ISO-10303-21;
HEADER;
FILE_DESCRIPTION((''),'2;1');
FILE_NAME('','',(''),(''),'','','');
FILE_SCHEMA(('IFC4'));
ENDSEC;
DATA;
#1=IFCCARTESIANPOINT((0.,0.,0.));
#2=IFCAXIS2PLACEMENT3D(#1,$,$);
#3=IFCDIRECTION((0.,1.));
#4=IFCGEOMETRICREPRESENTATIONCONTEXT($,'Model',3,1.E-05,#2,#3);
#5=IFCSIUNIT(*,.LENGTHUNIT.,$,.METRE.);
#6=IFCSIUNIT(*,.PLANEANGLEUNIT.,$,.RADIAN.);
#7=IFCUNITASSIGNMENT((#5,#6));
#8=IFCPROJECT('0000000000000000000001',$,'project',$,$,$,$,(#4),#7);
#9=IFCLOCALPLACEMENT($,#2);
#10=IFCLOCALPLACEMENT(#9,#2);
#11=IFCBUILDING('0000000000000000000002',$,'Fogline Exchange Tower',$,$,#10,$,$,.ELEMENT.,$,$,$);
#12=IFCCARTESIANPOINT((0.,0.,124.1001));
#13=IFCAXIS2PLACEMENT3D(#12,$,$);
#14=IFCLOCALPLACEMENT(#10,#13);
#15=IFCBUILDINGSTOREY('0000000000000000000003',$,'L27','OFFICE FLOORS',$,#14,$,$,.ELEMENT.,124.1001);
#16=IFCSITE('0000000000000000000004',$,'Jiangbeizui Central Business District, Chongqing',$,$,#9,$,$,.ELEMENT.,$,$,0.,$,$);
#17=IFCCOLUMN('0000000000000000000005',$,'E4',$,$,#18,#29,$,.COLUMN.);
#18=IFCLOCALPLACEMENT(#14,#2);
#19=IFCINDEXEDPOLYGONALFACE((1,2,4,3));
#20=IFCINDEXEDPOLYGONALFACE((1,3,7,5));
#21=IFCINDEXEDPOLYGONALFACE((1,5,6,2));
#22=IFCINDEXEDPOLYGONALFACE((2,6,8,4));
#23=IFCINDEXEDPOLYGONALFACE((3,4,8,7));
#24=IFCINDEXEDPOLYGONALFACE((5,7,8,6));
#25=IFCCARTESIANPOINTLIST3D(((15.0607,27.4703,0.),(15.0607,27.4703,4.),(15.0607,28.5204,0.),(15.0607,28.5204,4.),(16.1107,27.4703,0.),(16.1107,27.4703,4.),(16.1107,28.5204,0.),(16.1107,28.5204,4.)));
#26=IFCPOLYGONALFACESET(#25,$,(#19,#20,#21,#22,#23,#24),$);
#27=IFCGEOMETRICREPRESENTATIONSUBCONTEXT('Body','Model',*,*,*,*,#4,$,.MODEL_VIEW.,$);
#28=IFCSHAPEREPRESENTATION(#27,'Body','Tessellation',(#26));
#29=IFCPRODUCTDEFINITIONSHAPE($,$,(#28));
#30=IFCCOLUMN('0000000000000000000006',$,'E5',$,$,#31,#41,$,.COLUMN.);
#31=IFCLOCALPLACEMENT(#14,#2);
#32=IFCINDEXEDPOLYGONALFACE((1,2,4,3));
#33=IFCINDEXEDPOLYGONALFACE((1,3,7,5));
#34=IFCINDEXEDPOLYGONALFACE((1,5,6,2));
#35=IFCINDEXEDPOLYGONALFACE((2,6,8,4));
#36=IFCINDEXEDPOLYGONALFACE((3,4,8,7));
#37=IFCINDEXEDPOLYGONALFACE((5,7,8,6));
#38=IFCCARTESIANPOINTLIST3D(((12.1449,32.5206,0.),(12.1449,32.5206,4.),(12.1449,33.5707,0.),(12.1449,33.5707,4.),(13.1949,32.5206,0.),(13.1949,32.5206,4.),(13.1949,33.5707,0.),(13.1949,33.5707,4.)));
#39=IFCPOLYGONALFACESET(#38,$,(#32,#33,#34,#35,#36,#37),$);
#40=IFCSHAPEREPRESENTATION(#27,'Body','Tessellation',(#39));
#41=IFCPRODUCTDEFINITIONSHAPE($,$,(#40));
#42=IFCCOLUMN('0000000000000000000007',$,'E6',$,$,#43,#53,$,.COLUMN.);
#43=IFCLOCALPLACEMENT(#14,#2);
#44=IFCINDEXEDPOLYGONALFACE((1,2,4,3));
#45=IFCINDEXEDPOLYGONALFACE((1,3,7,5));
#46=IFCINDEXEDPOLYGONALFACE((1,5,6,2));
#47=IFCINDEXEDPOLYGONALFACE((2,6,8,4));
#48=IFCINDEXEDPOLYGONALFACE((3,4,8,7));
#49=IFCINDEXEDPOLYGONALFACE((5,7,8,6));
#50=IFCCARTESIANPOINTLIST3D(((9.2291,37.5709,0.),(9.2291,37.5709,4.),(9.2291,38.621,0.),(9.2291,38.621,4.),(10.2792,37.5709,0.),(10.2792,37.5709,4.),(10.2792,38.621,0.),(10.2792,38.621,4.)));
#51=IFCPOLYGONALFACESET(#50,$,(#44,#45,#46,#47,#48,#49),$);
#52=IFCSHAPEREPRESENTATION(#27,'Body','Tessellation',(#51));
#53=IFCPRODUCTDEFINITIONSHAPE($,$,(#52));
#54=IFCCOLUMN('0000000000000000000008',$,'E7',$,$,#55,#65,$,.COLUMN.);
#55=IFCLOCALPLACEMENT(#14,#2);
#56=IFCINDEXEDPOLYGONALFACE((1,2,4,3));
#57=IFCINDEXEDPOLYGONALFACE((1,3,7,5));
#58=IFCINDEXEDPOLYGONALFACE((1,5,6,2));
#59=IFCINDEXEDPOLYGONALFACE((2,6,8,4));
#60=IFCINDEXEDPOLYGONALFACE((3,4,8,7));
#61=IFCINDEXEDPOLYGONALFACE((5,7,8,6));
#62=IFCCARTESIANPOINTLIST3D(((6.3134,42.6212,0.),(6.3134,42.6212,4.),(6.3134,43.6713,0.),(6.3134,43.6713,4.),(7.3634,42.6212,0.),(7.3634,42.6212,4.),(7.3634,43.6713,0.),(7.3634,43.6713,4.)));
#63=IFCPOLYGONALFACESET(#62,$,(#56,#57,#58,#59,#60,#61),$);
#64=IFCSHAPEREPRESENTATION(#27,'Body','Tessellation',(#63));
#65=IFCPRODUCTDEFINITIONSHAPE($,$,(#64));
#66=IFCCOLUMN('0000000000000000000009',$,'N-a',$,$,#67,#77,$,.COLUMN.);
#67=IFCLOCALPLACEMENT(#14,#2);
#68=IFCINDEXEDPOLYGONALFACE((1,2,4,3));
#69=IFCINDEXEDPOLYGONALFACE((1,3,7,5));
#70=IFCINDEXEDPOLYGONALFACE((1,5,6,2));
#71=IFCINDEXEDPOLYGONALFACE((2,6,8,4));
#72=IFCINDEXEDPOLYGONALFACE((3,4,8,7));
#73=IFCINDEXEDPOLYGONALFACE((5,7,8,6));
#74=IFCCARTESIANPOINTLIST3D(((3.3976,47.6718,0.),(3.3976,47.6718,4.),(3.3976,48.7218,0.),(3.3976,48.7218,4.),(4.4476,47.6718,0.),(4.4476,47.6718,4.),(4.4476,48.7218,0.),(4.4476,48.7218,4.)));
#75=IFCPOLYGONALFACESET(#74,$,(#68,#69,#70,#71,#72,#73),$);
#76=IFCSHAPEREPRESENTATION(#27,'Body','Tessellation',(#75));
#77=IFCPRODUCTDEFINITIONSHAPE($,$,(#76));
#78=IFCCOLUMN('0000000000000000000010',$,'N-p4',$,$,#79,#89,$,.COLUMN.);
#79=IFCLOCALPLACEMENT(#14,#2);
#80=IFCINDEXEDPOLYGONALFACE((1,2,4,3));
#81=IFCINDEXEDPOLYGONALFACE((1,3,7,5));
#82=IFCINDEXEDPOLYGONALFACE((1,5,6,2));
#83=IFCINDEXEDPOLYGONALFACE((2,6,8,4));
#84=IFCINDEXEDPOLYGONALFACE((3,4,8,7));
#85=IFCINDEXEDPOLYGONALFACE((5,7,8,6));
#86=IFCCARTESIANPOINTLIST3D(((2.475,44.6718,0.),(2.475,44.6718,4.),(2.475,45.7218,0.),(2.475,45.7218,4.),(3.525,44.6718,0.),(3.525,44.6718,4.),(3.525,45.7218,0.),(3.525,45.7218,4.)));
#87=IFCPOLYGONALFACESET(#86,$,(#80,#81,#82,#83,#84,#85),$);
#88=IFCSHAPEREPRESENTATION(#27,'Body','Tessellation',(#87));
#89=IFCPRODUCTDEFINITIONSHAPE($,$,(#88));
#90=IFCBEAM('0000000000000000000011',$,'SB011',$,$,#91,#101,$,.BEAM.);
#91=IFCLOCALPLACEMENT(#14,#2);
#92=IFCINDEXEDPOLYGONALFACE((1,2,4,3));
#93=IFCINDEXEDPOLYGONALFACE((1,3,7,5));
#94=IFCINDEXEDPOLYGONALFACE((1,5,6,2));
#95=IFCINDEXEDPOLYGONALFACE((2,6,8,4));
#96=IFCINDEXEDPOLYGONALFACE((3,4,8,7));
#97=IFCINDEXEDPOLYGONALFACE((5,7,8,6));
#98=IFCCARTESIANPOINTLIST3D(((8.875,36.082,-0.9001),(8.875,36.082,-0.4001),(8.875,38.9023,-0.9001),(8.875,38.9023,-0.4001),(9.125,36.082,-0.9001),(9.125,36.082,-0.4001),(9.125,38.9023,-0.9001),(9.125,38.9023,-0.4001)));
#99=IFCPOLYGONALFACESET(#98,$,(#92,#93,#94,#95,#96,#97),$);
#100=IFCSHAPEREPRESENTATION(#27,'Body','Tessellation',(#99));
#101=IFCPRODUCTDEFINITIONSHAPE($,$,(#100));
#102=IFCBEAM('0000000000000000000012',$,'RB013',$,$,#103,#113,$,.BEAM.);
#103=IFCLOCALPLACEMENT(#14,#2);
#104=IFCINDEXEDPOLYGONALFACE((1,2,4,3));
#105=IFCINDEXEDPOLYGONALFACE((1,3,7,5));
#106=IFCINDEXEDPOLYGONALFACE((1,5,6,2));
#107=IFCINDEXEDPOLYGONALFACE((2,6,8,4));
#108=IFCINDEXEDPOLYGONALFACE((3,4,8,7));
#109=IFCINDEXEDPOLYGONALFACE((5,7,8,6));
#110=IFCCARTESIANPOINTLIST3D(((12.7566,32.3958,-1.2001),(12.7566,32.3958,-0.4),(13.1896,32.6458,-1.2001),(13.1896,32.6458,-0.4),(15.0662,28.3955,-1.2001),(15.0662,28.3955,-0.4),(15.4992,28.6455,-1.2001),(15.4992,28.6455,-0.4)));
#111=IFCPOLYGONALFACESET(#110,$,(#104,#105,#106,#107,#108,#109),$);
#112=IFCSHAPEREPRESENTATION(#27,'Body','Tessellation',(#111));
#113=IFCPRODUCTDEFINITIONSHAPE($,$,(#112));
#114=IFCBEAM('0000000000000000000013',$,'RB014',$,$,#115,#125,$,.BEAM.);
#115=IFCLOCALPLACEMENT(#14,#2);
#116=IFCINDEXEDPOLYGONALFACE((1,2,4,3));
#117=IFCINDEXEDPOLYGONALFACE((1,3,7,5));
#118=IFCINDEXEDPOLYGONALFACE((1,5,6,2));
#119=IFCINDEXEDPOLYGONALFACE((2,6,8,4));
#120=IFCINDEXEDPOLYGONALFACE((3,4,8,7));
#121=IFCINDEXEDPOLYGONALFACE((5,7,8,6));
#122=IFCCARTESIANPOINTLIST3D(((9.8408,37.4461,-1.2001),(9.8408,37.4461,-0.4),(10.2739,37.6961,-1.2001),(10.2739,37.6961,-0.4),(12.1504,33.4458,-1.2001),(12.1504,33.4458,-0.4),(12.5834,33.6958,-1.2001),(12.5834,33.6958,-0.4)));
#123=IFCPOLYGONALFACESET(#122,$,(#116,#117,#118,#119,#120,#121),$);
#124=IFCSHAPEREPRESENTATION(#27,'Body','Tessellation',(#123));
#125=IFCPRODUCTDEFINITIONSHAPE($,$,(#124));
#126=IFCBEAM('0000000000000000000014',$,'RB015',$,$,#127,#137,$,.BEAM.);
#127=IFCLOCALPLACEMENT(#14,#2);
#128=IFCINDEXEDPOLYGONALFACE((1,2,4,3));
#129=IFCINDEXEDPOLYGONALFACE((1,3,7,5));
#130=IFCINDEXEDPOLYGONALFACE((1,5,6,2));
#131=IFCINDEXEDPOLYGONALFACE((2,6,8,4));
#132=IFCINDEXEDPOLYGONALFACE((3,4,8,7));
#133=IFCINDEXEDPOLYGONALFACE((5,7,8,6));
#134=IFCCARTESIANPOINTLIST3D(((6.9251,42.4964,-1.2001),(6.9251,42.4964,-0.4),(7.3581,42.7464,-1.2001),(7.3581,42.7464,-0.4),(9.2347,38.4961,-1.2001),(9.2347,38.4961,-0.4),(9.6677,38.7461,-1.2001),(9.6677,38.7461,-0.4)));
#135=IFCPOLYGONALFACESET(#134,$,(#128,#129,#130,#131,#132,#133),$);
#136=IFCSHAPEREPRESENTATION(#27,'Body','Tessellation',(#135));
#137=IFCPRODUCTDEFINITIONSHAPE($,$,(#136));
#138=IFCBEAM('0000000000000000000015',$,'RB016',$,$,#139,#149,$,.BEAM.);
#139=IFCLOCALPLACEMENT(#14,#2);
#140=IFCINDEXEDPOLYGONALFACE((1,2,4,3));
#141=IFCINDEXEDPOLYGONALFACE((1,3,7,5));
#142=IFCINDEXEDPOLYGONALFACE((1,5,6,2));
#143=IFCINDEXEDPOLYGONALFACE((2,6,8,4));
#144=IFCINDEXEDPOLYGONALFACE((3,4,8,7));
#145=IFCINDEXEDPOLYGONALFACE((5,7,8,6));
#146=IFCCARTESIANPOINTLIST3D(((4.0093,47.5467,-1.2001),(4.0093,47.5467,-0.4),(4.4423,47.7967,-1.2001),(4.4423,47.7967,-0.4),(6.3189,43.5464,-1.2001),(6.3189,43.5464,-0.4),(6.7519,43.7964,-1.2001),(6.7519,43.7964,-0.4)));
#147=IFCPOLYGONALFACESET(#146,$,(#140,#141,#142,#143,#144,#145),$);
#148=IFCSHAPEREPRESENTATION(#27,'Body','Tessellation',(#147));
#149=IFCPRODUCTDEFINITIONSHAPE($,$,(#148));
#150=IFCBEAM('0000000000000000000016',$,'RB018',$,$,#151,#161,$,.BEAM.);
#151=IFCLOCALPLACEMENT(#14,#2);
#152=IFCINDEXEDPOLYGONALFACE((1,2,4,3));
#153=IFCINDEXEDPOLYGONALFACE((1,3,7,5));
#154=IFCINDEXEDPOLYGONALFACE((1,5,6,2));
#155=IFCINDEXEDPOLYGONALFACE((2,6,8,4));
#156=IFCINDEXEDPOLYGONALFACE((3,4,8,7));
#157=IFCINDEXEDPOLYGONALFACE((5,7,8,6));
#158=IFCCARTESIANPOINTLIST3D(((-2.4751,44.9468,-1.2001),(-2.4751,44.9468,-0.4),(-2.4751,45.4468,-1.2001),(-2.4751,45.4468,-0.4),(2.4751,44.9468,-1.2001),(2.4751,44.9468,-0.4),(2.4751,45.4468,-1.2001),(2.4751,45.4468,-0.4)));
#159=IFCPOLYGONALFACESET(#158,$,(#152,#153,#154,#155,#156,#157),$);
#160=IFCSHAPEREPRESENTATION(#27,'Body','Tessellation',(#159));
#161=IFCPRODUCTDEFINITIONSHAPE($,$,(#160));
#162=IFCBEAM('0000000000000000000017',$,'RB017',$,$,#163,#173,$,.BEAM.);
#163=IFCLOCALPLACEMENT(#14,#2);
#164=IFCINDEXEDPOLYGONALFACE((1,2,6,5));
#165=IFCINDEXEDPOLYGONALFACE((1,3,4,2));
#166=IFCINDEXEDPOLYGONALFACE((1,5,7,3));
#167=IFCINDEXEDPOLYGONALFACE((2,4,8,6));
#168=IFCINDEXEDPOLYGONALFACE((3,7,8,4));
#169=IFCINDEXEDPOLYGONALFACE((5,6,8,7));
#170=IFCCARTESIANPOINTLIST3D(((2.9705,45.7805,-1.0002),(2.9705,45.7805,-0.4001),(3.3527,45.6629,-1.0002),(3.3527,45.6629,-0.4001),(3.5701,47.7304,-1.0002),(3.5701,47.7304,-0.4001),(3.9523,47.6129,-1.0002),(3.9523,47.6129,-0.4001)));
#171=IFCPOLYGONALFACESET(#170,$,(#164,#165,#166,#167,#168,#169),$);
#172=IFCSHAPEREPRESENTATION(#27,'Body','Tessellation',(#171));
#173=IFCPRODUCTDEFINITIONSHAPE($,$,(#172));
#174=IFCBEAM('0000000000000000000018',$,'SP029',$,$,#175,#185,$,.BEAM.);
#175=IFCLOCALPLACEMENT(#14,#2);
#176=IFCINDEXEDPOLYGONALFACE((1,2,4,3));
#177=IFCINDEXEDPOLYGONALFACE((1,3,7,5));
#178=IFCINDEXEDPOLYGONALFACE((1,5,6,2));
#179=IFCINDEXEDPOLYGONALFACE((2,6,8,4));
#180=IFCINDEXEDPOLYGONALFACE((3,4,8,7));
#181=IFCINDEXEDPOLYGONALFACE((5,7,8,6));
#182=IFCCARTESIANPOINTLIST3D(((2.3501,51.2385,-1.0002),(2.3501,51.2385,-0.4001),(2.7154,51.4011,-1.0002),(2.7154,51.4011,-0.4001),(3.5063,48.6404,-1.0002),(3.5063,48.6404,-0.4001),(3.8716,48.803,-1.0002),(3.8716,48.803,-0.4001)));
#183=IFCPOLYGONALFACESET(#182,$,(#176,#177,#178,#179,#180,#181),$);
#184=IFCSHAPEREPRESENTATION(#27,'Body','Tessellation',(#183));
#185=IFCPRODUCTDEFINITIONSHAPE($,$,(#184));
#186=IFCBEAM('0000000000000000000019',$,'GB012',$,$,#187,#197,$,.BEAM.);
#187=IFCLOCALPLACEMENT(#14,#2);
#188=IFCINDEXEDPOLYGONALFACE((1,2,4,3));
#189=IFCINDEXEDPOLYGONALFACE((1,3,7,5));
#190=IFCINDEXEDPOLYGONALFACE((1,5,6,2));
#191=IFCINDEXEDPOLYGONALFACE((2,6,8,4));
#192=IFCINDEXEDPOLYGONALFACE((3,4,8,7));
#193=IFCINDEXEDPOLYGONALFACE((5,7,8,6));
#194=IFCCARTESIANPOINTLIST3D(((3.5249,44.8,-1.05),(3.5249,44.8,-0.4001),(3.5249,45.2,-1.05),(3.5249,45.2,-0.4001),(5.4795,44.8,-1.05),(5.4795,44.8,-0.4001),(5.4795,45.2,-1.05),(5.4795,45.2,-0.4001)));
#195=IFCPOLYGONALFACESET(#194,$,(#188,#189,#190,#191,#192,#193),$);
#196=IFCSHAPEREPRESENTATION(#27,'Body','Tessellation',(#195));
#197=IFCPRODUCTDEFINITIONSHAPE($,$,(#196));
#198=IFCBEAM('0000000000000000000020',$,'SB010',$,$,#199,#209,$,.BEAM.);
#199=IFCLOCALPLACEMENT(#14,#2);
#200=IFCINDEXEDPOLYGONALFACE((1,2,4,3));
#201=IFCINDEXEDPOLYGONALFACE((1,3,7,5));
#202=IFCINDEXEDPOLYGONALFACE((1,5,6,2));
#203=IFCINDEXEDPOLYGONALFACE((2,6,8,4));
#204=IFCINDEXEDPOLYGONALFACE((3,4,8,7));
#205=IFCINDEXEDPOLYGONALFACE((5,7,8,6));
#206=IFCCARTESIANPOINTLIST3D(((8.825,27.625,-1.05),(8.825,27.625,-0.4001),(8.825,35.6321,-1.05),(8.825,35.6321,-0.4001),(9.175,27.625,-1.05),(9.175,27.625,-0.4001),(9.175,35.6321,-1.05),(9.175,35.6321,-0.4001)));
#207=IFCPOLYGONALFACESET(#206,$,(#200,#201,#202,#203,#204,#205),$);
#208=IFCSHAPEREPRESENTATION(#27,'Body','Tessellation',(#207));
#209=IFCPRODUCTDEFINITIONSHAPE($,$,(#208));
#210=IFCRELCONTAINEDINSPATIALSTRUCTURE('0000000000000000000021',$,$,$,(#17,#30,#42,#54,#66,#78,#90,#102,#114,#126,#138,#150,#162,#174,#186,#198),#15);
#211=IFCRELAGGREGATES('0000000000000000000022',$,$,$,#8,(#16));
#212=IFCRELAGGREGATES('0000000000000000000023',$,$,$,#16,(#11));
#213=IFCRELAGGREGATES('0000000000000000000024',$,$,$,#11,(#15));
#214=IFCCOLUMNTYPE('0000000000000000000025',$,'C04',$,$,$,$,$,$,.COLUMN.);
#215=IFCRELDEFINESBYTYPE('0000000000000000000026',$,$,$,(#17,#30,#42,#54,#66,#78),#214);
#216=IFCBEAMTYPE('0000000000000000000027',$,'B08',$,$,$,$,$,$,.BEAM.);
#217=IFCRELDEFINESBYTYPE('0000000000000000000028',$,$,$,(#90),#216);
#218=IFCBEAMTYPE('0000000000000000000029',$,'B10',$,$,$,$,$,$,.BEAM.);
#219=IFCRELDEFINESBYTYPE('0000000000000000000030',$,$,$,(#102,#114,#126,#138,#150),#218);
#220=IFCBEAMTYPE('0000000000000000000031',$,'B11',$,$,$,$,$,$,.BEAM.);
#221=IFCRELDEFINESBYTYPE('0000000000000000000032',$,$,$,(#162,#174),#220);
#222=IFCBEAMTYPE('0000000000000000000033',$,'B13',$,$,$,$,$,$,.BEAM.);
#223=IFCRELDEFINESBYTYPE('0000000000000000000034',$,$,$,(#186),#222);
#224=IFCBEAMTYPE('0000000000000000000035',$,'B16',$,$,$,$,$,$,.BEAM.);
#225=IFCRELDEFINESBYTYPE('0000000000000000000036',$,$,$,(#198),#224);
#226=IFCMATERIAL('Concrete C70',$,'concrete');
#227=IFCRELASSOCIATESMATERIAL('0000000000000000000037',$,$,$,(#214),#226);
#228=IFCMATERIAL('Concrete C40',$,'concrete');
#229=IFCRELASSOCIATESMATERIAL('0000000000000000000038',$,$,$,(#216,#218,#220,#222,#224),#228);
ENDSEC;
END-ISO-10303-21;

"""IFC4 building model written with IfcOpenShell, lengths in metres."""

from ifc_helpers import new_model, si_unit, direction, frame, origin, origin_2d, place, context, subcontext, project, spatial, rectangle, extrude, material, material_profile, profile_set, type_object, element, save


model = new_model("IFC4")

# Units and contexts
model_context = context("Model", 3, precision=1e-05, world=origin(), true_north=direction((0.0, 1.0)))
body_context = subcontext(model_context, "Body", "Model", "MODEL_VIEW")
ifc_project = project(units=[si_unit("LENGTHUNIT", "METRE"), si_unit("PLANEANGLEUNIT", "RADIAN")], contexts=[model_context])

# Site, building, storey
site_placement = place(None, origin())
site = spatial("IfcSite", under=ifc_project, at=site_placement, Name="Jiangbeizui Central Business District, Chongqing", CompositionType="ELEMENT", RefElevation=0.0)
building_placement = place(site_placement, origin())
building = spatial("IfcBuilding", under=site, at=building_placement, Name="Fogline Exchange Tower", CompositionType="ELEMENT")
storey_placement = place(building_placement, frame((0.0, 0.0, 124.1001)))
storey = spatial("IfcBuildingStorey", under=building, at=storey_placement, Name="L27", Description="OFFICE FLOORS", CompositionType="ELEMENT", Elevation=124.1001)

# Columns
ifc_material_1 = material(Name="Concrete C70", Category="concrete")
ifc_material_profile_1 = material_profile(ifc_material_1, rectangle(XDim=1.05, YDim=1.05, at=origin_2d()), Name="RC 1050x1050")
ifc_profile_set_1 = profile_set([ifc_material_profile_1], Name="Concrete C70")
column_type = type_object("IfcColumnType", Name="C04", PredefinedType="COLUMN", material=ifc_profile_set_1)
for number, where, z_axis, x_axis, name in (
    (1, (15.5857, 27.9954, 0.0), (0.0, 0.0, 1.0), (1.0, 0.0, 0.0), "E4"),
    (2, (12.6699, 33.0457, 0.0), (0.0, 0.0, 1.0), (1.0, 0.0, 0.0), "E5"),
    (3, (9.7542, 38.0959, 0.0), (0.0, 0.0, 1.0), (1.0, 0.0, 0.0), "E6"),
    (4, (6.8384, 43.1462, 0.0), (0.0, 0.0, 1.0), (1.0, 0.0, 0.0), "E7"),
    (5, (3.9226, 48.1968, 0.0), (0.0, 0.0, 1.0), (1.0, 0.0, 0.0), "N-a"),
    (6, (3.0, 45.1968, 0.0), (0.0, 0.0, 1.0), (1.0, 0.0, 0.0), "N-p4"),
):
    element("IfcColumn", number, at=place(storey_placement, frame(where, z_axis=z_axis, x_axis=x_axis)), inside=storey, type_object=column_type, Name=name, PredefinedType="COLUMN", context=body_context, shape_type="SweptSolid", body=[
        extrude(rectangle(XDim=1.05, YDim=1.05, at=origin_2d()), origin(), (0.0, 0.0, 1.0), 4.0),
    ])

# Beams
ifc_material_2 = material(Name="Concrete C40", Category="concrete")
ifc_material_profile_2 = material_profile(ifc_material_2, rectangle(XDim=0.25, YDim=0.5, at=origin_2d()), Name="RC 250x500")
ifc_profile_set_2 = profile_set([ifc_material_profile_2], Name="Concrete C40")
beam_type_1 = type_object("IfcBeamType", Name="B08", PredefinedType="BEAM", material=ifc_profile_set_2)
beam_1_placement = place(storey_placement, frame((9.0, 36.082, -0.6501), z_axis=(0.0, 1.0, 0.0), x_axis=(-1.0, 0.0, 0.0)))
element("IfcBeam", 7, at=beam_1_placement, inside=storey, type_object=beam_type_1, Name="SB011", PredefinedType="BEAM", context=body_context, shape_type="SweptSolid", body=[
    extrude(rectangle(XDim=0.25, YDim=0.5, at=origin_2d()), origin(), (0.0, 0.0, 1.0), 2.8203),
])
ifc_material_profile_3 = material_profile(ifc_material_2, rectangle(XDim=0.5, YDim=0.8, at=origin_2d()), Name="RC 500x800")
ifc_profile_set_3 = profile_set([ifc_material_profile_3], Name="Concrete C40")
beam_type_2 = type_object("IfcBeamType", Name="B10", PredefinedType="BEAM", material=ifc_profile_set_3)
for number, where, z_axis, x_axis, name in (
    (8, (15.2827, 28.5205, -0.8), (-0.500005, 0.866023, 0.0), (-0.866023, -0.500005, 0.0), "RB013"),
    (9, (12.3669, 33.5708, -0.8), (-0.500005, 0.866023, 0.0), (-0.866023, -0.500005, 0.0), "RB014"),
    (10, (9.4512, 38.6211, -0.8), (-0.500005, 0.866023, 0.0), (-0.866023, -0.500005, 0.0), "RB015"),
    (11, (6.5354, 43.6714, -0.8), (-0.500005, 0.866023, 0.0), (-0.866023, -0.500005, 0.0), "RB016"),
):
    element("IfcBeam", number, at=place(storey_placement, frame(where, z_axis=z_axis, x_axis=x_axis)), inside=storey, type_object=beam_type_2, Name=name, PredefinedType="BEAM", context=body_context, shape_type="SweptSolid", body=[
        extrude(rectangle(XDim=0.5, YDim=0.8, at=origin_2d()), origin(), (0.0, 0.0, 1.0), 4.6191),
    ])
beam_2_placement = place(storey_placement, frame((2.4751, 45.1968, -0.8), z_axis=(-1.0, 0.0, 0.0), x_axis=(0.0, -1.0, 0.0)))
element("IfcBeam", 12, at=beam_2_placement, inside=storey, type_object=beam_type_2, Name="RB018", PredefinedType="BEAM", context=body_context, shape_type="SweptSolid", body=[
    extrude(rectangle(XDim=0.5, YDim=0.8, at=origin_2d()), origin(), (0.0, 0.0, 1.0), 4.9502),
])
ifc_material_profile_4 = material_profile(ifc_material_2, rectangle(XDim=0.3999, YDim=0.6001, at=origin_2d()), Name="RC 400x600")
ifc_profile_set_4 = profile_set([ifc_material_profile_4], Name="Concrete C40")
beam_type_3 = type_object("IfcBeamType", Name="B11", PredefinedType="BEAM", material=ifc_profile_set_4)
beam_3_placement = place(storey_placement, frame((3.7612, 47.6716, -0.7002), z_axis=(-0.293918, -0.955831, 0.0), x_axis=(0.955831, -0.293918, 0.0)))
element("IfcBeam", 13, at=beam_3_placement, inside=storey, type_object=beam_type_3, Name="RB017", PredefinedType="BEAM", context=body_context, shape_type="SweptSolid", body=[
    extrude(rectangle(XDim=0.3999, YDim=0.6001, at=origin_2d()), origin(), (0.0, 0.0, 1.0), 2.04),
])
beam_4_placement = place(storey_placement, frame((3.689, 48.7217, -0.7002), z_axis=(-0.406584, 0.913613, 0.0), x_axis=(-0.913613, -0.406584, 0.0)))
element("IfcBeam", 14, at=beam_4_placement, inside=storey, type_object=beam_type_3, Name="SP029", PredefinedType="BEAM", context=body_context, shape_type="SweptSolid", body=[
    extrude(rectangle(XDim=0.3999, YDim=0.6001, at=origin_2d()), origin(), (0.0, 0.0, 1.0), 2.8438),
])
ifc_material_profile_5 = material_profile(ifc_material_2, rectangle(XDim=0.3999, YDim=0.6499, at=origin_2d()), Name="RC 400x650")
ifc_profile_set_5 = profile_set([ifc_material_profile_5], Name="Concrete C40")
beam_type_4 = type_object("IfcBeamType", Name="B13", PredefinedType="BEAM", material=ifc_profile_set_5)
beam_5_placement = place(storey_placement, frame((3.5249, 45.0, -0.7251), z_axis=(1.0, 0.0, 0.0), x_axis=(0.0, 1.0, 0.0)))
element("IfcBeam", 15, at=beam_5_placement, inside=storey, type_object=beam_type_4, Name="GB012", PredefinedType="BEAM", context=body_context, shape_type="SweptSolid", body=[
    extrude(rectangle(XDim=0.3999, YDim=0.6499, at=origin_2d()), origin(), (0.0, 0.0, 1.0), 1.9546),
])
ifc_material_profile_6 = material_profile(ifc_material_2, rectangle(XDim=0.3501, YDim=0.6499, at=origin_2d()), Name="RC 350x650")
ifc_profile_set_6 = profile_set([ifc_material_profile_6], Name="Concrete C40")
beam_type_5 = type_object("IfcBeamType", Name="B16", PredefinedType="BEAM", material=ifc_profile_set_6)
beam_6_placement = place(storey_placement, frame((9.0, 27.625, -0.7251), z_axis=(0.0, 1.0, 0.0), x_axis=(-1.0, 0.0, 0.0)))
element("IfcBeam", 16, at=beam_6_placement, inside=storey, type_object=beam_type_5, Name="SB010", PredefinedType="BEAM", context=body_context, shape_type="SweptSolid", body=[
    extrude(rectangle(XDim=0.3501, YDim=0.6499, at=origin_2d()), origin(), (0.0, 0.0, 1.0), 8.0071),
])

save(model, "model.ifc")
